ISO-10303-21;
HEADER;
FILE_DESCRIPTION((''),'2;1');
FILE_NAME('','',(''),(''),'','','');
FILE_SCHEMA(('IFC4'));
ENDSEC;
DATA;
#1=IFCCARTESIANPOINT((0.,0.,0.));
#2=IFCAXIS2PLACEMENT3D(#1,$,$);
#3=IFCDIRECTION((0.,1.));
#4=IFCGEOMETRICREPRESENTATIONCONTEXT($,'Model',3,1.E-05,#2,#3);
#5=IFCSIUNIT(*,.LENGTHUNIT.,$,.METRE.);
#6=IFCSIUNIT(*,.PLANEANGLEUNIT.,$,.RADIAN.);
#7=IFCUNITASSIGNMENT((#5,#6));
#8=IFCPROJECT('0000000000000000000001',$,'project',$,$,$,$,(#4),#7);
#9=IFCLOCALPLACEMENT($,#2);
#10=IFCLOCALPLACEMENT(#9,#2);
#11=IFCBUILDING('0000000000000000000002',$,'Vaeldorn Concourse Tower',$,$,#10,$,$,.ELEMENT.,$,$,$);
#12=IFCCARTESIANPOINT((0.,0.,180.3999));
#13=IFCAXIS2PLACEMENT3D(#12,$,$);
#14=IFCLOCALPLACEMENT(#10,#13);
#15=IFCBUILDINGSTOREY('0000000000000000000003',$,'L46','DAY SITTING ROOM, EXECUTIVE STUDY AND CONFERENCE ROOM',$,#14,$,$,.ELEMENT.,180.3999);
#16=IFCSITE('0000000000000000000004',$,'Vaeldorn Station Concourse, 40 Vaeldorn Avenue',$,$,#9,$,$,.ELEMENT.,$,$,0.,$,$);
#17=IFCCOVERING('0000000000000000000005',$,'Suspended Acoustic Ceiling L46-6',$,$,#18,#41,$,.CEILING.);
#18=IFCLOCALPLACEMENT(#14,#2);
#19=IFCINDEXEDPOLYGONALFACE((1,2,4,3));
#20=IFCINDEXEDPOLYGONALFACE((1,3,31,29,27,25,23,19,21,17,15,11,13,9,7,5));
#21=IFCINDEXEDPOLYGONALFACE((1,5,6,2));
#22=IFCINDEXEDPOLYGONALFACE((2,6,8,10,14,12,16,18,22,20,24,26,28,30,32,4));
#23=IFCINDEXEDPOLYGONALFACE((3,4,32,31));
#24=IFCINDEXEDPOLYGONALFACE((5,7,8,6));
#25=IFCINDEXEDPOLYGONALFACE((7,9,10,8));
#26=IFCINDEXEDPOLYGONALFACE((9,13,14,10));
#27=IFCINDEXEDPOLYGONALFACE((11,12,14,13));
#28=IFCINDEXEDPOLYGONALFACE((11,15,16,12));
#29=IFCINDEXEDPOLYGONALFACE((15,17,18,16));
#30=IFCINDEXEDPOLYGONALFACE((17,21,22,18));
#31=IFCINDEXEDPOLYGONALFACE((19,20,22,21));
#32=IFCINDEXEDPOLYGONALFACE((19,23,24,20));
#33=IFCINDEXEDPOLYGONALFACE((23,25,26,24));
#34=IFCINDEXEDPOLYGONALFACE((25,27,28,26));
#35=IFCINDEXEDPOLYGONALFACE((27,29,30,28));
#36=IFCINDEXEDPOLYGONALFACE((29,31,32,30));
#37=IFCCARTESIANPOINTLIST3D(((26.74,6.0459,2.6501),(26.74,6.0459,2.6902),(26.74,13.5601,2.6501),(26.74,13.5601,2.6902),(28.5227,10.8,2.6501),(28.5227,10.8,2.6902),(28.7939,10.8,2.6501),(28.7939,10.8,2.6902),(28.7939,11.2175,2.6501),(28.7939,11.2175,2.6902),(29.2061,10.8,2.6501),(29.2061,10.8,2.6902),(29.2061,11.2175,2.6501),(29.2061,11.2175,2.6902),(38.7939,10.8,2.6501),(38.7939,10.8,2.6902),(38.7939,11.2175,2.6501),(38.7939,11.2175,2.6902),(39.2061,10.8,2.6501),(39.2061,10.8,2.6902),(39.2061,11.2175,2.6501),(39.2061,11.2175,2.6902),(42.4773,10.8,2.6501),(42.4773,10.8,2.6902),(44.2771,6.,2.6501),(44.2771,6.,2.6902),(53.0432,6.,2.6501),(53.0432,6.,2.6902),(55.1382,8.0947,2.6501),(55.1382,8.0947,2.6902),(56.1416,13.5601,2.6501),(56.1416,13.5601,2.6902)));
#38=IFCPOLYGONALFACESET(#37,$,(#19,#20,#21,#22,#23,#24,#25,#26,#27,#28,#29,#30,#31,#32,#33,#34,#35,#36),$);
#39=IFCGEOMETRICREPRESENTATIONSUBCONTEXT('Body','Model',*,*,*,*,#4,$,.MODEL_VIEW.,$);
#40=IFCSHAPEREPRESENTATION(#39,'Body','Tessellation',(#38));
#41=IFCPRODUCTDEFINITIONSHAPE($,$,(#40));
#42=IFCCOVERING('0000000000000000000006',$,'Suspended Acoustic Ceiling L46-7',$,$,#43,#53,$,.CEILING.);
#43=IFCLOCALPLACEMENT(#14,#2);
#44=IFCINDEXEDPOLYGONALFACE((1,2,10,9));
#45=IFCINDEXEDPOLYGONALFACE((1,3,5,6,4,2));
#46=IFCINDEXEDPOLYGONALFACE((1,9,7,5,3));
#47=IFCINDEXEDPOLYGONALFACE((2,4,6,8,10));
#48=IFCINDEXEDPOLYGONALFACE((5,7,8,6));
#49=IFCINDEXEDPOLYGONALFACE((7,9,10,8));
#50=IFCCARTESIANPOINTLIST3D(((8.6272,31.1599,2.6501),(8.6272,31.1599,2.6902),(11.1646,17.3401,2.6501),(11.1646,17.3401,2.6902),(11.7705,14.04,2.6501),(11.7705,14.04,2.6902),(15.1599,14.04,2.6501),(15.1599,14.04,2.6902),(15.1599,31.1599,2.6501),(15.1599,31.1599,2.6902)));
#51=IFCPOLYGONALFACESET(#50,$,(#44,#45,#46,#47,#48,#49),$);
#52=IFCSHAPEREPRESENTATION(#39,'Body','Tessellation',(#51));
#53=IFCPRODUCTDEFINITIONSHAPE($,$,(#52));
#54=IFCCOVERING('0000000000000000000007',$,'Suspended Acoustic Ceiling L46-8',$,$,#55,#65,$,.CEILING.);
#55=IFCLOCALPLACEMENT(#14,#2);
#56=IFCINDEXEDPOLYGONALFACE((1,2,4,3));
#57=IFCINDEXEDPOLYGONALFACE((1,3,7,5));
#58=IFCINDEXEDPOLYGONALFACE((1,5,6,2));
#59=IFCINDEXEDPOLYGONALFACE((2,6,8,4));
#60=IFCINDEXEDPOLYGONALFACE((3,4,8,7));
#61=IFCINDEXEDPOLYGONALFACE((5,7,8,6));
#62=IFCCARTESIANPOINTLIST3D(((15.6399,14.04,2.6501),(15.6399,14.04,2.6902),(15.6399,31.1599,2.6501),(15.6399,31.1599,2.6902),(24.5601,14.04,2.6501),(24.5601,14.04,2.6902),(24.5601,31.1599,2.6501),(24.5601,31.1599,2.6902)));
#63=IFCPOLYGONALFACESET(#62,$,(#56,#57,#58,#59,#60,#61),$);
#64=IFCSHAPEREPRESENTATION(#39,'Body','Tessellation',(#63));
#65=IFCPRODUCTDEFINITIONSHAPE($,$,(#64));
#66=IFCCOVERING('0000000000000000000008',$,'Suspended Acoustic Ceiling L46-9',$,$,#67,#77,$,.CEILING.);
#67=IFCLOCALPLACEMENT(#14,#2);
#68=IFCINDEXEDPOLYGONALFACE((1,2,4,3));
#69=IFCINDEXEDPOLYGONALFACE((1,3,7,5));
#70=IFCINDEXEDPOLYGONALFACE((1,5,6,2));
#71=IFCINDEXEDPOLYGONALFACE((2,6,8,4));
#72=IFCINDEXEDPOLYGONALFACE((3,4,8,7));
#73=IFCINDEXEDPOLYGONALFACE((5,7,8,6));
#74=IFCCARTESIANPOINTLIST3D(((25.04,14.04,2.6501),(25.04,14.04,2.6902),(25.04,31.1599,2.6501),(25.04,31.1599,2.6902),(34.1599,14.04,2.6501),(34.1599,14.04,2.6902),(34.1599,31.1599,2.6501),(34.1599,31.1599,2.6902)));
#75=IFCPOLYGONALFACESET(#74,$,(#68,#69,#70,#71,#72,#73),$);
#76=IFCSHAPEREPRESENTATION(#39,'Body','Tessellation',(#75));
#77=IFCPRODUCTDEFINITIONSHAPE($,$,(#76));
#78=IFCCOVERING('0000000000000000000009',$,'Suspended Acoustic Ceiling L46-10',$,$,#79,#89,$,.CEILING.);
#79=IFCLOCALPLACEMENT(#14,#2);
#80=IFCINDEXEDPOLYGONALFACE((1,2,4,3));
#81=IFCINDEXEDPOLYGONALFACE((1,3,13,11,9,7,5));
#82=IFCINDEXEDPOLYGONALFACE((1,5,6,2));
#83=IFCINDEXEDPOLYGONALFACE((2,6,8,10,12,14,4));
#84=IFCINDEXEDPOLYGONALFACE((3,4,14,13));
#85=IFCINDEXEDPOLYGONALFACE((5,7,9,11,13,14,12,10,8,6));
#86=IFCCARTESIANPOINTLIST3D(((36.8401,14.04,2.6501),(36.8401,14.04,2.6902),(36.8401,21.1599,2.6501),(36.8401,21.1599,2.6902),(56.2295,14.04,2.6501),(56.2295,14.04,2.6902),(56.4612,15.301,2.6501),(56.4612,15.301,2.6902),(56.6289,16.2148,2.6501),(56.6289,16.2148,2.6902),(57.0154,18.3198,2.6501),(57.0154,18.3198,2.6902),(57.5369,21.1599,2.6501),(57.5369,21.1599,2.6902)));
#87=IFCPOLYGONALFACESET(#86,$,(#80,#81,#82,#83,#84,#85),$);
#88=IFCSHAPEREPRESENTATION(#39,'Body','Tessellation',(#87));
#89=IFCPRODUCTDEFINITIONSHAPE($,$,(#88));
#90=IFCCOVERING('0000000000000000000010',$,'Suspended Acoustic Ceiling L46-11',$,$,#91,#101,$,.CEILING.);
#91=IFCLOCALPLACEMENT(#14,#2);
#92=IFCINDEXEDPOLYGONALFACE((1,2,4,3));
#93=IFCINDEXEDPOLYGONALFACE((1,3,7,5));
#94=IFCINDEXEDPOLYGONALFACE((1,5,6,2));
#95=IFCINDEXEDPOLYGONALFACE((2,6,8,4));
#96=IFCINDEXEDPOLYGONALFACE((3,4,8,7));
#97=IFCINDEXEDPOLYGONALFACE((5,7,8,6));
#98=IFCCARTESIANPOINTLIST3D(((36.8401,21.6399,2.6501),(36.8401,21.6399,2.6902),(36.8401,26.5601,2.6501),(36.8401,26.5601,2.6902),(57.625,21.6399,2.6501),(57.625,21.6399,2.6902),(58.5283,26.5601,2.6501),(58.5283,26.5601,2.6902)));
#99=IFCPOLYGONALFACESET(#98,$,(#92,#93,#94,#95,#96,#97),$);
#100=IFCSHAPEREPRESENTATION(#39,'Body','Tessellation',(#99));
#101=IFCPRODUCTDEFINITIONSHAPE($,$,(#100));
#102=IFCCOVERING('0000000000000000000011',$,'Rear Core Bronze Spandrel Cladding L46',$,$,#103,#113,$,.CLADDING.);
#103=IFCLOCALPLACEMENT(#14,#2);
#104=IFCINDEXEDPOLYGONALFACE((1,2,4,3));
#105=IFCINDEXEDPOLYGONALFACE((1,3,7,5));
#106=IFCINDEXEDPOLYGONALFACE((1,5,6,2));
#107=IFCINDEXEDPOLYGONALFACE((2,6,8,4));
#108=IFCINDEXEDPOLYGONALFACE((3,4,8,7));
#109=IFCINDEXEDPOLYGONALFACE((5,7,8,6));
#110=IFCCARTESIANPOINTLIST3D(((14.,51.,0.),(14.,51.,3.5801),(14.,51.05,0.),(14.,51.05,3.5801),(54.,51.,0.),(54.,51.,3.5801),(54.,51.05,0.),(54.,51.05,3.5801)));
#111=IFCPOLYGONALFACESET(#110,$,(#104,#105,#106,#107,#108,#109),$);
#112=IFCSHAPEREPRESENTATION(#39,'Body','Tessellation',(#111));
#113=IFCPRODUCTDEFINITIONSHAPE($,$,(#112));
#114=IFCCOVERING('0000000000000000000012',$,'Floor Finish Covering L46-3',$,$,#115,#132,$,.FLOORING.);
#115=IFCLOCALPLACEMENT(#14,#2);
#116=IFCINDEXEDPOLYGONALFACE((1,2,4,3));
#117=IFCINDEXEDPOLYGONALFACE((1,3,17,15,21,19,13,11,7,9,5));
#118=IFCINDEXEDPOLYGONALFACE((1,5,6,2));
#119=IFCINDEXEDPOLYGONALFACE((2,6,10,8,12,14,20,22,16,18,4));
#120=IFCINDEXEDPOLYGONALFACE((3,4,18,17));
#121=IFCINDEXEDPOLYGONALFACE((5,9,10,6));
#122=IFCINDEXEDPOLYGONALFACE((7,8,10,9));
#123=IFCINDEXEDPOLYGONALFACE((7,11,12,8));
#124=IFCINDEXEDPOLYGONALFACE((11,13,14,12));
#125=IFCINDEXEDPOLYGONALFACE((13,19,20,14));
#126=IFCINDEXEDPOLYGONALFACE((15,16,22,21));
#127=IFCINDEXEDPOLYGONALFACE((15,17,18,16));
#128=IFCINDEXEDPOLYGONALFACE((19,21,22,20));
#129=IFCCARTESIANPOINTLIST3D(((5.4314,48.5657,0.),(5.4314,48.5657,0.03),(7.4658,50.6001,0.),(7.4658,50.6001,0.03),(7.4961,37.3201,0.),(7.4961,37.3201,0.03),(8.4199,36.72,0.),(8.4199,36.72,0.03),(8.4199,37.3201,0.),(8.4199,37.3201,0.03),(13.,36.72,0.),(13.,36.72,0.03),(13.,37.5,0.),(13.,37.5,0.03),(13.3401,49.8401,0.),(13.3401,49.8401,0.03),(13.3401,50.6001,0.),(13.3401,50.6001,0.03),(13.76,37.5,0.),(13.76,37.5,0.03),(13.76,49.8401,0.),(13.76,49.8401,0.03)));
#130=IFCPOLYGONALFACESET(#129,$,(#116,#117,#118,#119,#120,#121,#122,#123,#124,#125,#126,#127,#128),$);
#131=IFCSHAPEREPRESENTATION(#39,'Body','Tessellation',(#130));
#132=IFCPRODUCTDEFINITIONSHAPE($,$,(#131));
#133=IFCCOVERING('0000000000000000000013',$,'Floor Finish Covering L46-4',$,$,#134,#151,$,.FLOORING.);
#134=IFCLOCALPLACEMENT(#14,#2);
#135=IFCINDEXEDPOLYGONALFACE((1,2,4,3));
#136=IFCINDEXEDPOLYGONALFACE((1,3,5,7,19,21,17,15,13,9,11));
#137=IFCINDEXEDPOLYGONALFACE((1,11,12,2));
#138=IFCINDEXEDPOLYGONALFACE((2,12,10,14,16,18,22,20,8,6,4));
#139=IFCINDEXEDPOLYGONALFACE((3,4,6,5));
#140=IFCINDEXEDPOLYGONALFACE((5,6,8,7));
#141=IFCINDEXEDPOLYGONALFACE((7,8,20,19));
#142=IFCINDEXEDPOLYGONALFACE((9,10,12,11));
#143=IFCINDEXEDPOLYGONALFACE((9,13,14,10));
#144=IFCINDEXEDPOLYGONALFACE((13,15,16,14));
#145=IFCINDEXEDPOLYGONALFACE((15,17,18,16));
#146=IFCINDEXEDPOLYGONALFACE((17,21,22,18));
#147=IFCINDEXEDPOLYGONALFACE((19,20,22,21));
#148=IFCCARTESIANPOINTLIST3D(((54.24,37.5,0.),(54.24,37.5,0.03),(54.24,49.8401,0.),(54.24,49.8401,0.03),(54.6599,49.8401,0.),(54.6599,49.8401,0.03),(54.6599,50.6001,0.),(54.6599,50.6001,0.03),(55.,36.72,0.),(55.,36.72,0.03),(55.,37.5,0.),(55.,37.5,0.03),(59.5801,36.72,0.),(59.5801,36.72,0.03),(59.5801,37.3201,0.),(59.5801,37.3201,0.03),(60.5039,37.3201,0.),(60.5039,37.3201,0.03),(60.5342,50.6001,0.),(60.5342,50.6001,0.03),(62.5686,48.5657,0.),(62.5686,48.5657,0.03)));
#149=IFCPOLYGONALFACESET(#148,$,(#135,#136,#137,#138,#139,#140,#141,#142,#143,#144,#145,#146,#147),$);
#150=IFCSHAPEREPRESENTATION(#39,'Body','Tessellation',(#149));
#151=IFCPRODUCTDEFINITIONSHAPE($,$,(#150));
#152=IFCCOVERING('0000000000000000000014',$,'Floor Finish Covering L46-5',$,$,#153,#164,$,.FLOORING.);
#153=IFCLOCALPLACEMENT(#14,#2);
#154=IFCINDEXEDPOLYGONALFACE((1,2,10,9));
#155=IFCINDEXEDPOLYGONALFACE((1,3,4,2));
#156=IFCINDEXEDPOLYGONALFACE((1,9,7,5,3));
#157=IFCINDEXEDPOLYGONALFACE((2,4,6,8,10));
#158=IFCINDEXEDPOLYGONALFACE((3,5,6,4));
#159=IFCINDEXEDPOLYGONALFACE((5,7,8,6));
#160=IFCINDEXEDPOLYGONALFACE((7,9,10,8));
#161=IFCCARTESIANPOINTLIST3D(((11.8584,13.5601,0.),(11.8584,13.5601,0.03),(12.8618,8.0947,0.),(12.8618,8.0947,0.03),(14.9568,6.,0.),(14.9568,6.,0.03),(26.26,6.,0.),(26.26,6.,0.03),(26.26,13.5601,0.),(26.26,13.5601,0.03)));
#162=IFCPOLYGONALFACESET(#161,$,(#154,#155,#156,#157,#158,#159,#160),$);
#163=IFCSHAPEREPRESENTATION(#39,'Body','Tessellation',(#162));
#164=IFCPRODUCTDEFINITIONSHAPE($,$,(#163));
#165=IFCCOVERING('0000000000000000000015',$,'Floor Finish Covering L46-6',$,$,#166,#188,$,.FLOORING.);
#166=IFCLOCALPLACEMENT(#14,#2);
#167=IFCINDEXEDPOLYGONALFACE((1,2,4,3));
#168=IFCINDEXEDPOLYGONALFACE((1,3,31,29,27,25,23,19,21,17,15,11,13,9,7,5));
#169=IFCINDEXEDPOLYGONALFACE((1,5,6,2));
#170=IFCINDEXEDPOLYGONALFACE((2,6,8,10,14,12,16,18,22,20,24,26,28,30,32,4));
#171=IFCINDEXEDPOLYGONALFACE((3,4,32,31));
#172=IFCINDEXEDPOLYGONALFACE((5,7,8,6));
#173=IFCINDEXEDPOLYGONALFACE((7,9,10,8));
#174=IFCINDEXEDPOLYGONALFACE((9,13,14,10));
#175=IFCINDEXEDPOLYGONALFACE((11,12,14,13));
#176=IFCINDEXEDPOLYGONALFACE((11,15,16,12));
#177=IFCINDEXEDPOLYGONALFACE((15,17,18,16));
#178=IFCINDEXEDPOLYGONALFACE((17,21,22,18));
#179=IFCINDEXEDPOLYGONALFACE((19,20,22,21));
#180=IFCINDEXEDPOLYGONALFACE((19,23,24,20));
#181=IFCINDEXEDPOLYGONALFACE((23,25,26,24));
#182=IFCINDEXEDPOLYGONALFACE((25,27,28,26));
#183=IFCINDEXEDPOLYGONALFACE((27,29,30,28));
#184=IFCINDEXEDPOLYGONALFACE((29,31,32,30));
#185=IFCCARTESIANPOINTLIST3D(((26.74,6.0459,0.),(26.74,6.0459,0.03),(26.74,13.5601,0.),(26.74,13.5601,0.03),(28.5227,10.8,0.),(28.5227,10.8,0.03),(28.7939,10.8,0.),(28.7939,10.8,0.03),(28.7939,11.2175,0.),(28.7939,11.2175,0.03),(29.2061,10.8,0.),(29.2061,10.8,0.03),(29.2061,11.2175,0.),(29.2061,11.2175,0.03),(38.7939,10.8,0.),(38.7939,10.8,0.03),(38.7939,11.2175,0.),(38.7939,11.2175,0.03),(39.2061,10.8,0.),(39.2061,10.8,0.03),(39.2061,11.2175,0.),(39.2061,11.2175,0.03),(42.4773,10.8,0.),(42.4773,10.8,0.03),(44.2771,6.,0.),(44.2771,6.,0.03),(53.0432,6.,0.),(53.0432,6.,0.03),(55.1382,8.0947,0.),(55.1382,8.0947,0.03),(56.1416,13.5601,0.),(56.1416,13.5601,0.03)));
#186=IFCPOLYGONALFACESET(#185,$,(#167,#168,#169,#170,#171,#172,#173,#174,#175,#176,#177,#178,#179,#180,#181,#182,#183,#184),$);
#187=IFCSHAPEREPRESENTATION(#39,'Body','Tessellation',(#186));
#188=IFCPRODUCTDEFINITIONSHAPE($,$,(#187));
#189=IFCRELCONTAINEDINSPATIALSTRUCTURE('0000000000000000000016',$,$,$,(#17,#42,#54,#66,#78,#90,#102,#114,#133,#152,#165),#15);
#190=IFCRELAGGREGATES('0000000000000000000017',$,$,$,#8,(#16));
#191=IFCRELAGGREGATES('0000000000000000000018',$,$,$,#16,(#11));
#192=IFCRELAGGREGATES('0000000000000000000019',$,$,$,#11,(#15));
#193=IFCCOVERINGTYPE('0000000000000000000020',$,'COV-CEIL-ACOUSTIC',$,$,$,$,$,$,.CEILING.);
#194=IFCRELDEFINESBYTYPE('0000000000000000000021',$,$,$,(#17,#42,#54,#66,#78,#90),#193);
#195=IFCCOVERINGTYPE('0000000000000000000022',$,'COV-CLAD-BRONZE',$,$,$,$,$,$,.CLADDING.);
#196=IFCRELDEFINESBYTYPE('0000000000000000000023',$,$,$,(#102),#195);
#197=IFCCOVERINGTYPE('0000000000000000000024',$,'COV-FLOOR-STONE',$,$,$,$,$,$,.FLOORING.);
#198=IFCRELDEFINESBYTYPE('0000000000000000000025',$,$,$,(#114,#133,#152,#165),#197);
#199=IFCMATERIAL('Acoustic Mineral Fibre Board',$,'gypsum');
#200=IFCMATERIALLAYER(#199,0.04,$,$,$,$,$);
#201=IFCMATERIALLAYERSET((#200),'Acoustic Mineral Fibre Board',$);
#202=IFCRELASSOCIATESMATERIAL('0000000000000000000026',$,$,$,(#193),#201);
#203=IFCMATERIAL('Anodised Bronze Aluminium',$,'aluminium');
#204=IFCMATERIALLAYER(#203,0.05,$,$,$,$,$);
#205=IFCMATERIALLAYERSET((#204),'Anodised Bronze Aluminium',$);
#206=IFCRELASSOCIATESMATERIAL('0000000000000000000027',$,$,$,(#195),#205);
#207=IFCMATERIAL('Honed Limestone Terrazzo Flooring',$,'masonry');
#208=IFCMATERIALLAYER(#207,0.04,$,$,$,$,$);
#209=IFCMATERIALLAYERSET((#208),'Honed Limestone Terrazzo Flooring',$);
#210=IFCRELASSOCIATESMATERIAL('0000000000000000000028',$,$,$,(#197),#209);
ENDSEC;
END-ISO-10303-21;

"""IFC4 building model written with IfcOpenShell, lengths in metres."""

from ifc_helpers import new_model, si_unit, direction, frame, origin, place, context, subcontext, project, spatial, polyline, outline, extrude, material, layer, layer_set, type_object, element, save


model = new_model("IFC4")

# Units and contexts
model_context = context("Model", 3, precision=1e-05, world=origin(), true_north=direction((0.0, 1.0)))
body_context = subcontext(model_context, "Body", "Model", "MODEL_VIEW")
ifc_project = project(units=[si_unit("LENGTHUNIT", "METRE"), si_unit("PLANEANGLEUNIT", "RADIAN")], contexts=[model_context])

# Site, building, storey
site_placement = place(None, origin())
site = spatial("IfcSite", under=ifc_project, at=site_placement, Name="Vaeldorn Station Concourse, 40 Vaeldorn Avenue", CompositionType="ELEMENT", RefElevation=0.0)
building_placement = place(site_placement, origin())
building = spatial("IfcBuilding", under=site, at=building_placement, Name="Vaeldorn Concourse Tower", CompositionType="ELEMENT")
storey_placement = place(building_placement, frame((0.0, 0.0, 180.3999)))
storey = spatial("IfcBuildingStorey", under=building, at=storey_placement, Name="L46", Description="DAY SITTING ROOM, EXECUTIVE STUDY AND CONFERENCE ROOM", CompositionType="ELEMENT", Elevation=180.3999)

# Coverings
ifc_material_1 = material(Name="Acoustic Mineral Fibre Board", Category="gypsum")
ifc_layer_1 = layer(ifc_material_1, 0.04)
ifc_layer_set_1 = layer_set([ifc_layer_1], Name="Acoustic Mineral Fibre Board")
covering_type_1 = type_object("IfcCoveringType", Name="COV-CEIL-ACOUSTIC", PredefinedType="CEILING", material=ifc_layer_set_1)
covering_1_placement = place(storey_placement, frame((0.0, 0.0, 2.6501)))
element("IfcCovering", 1, at=covering_1_placement, inside=storey, type_object=covering_type_1, Name="Suspended Acoustic Ceiling L46-6", PredefinedType="CEILING", context=body_context, shape_type="SweptSolid", body=[
    extrude(outline(polyline([(26.74, 13.5601), (56.1416, 13.5601), (55.1382, 8.0947), (53.0432, 6.0), (44.2771, 6.0), (42.4773, 10.8), (39.2061, 10.8), (39.2061, 11.2175), (38.7939, 11.2175), (38.7939, 10.8), (29.2061, 10.8), (29.2061, 11.2175), (28.7939, 11.2175), (28.7939, 10.8), (28.5227, 10.8), (26.74, 6.0459), (26.74, 13.5601)])), origin(), (0.0, 0.0, 1.0), 0.04),
])
covering_2_placement = place(storey_placement, frame((0.0, 0.0, 2.6501)))
element("IfcCovering", 2, at=covering_2_placement, inside=storey, type_object=covering_type_1, Name="Suspended Acoustic Ceiling L46-7", PredefinedType="CEILING", context=body_context, shape_type="SweptSolid", body=[
    extrude(outline(polyline([(15.1599, 31.1599), (15.1599, 14.04), (11.7705, 14.04), (11.1646, 17.3401), (11.1646, 17.3401), (8.6272, 31.1599), (15.1599, 31.1599)])), origin(), (0.0, 0.0, 1.0), 0.04),
])
covering_3_placement = place(storey_placement, frame((0.0, 0.0, 2.6501)))
element("IfcCovering", 3, at=covering_3_placement, inside=storey, type_object=covering_type_1, Name="Suspended Acoustic Ceiling L46-8", PredefinedType="CEILING", context=body_context, shape_type="SweptSolid", body=[
    extrude(outline(polyline([(15.6399, 31.1599), (24.5601, 31.1599), (24.5601, 14.04), (15.6399, 14.04), (15.6399, 31.1599)])), origin(), (0.0, 0.0, 1.0), 0.04),
])
covering_4_placement = place(storey_placement, frame((0.0, 0.0, 2.6501)))
element("IfcCovering", 4, at=covering_4_placement, inside=storey, type_object=covering_type_1, Name="Suspended Acoustic Ceiling L46-9", PredefinedType="CEILING", context=body_context, shape_type="SweptSolid", body=[
    extrude(outline(polyline([(25.04, 31.1599), (34.1599, 31.1599), (34.1599, 14.04), (25.04, 14.04), (25.04, 31.1599)])), origin(), (0.0, 0.0, 1.0), 0.04),
])
covering_5_placement = place(storey_placement, frame((0.0, 0.0, 2.6501)))
element("IfcCovering", 5, at=covering_5_placement, inside=storey, type_object=covering_type_1, Name="Suspended Acoustic Ceiling L46-10", PredefinedType="CEILING", context=body_context, shape_type="SweptSolid", body=[
    extrude(outline(polyline([(36.8401, 14.04), (36.8401, 21.1599), (57.5369, 21.1599), (57.0154, 18.3198), (56.6289, 16.2148), (56.4612, 15.301), (56.4612, 15.301), (56.2295, 14.04), (36.8401, 14.04)])), origin(), (0.0, 0.0, 1.0), 0.04),
])
covering_6_placement = place(storey_placement, frame((0.0, 0.0, 2.6501)))
element("IfcCovering", 6, at=covering_6_placement, inside=storey, type_object=covering_type_1, Name="Suspended Acoustic Ceiling L46-11", PredefinedType="CEILING", context=body_context, shape_type="SweptSolid", body=[
    extrude(outline(polyline([(36.8401, 21.6399), (36.8401, 26.5601), (58.5283, 26.5601), (57.625, 21.6399), (36.8401, 21.6399)])), origin(), (0.0, 0.0, 1.0), 0.04),
])
ifc_material_2 = material(Name="Anodised Bronze Aluminium", Category="aluminium")
ifc_layer_2 = layer(ifc_material_2, 0.05)
ifc_layer_set_2 = layer_set([ifc_layer_2], Name="Anodised Bronze Aluminium")
covering_type_2 = type_object("IfcCoveringType", Name="COV-CLAD-BRONZE", PredefinedType="CLADDING", material=ifc_layer_set_2)
covering_7_placement = place(storey_placement, origin())
element("IfcCovering", 7, at=covering_7_placement, inside=storey, type_object=covering_type_2, Name="Rear Core Bronze Spandrel Cladding L46", PredefinedType="CLADDING", context=body_context, shape_type="SweptSolid", body=[
    extrude(outline(polyline([(14.0, 51.0), (54.0, 51.0), (54.0, 51.05), (14.0, 51.05), (14.0, 51.0)])), origin(), (0.0, 0.0, 1.0), 3.5801),
])
ifc_material_3 = material(Name="Honed Limestone Terrazzo Flooring", Category="masonry")
ifc_layer_3 = layer(ifc_material_3, 0.04)
ifc_layer_set_3 = layer_set([ifc_layer_3], Name="Honed Limestone Terrazzo Flooring")
covering_type_3 = type_object("IfcCoveringType", Name="COV-FLOOR-STONE", PredefinedType="FLOORING", material=ifc_layer_set_3)
covering_8_placement = place(storey_placement, origin())
element("IfcCovering", 8, at=covering_8_placement, inside=storey, type_object=covering_type_3, Name="Floor Finish Covering L46-3", PredefinedType="FLOORING", context=body_context, shape_type="SweptSolid", body=[
    extrude(outline(polyline([(7.4658, 50.6001), (13.3401, 50.6001), (13.3401, 49.8401), (13.76, 49.8401), (13.76, 37.5), (13.0, 37.5), (13.0, 36.72), (8.4199, 36.72), (8.4199, 37.3201), (7.4961, 37.3201), (5.4314, 48.5657), (7.4658, 50.6001)])), origin(), (0.0, 0.0, 1.0), 0.03),
])
covering_9_placement = place(storey_placement, origin())
element("IfcCovering", 9, at=covering_9_placement, inside=storey, type_object=covering_type_3, Name="Floor Finish Covering L46-4", PredefinedType="FLOORING", context=body_context, shape_type="SweptSolid", body=[
    extrude(outline(polyline([(54.6599, 49.8401), (54.6599, 50.6001), (60.5342, 50.6001), (62.5686, 48.5657), (60.5039, 37.3201), (59.5801, 37.3201), (59.5801, 36.72), (55.0, 36.72), (55.0, 37.5), (54.24, 37.5), (54.24, 49.8401), (54.6599, 49.8401)])), origin(), (0.0, 0.0, 1.0), 0.03),
])
covering_10_placement = place(storey_placement, origin())
element("IfcCovering", 10, at=covering_10_placement, inside=storey, type_object=covering_type_3, Name="Floor Finish Covering L46-5", PredefinedType="FLOORING", context=body_context, shape_type="SweptSolid", body=[
    extrude(outline(polyline([(26.26, 13.5601), (26.26, 6.0), (14.9568, 6.0), (12.8618, 8.0947), (11.8584, 13.5601), (26.26, 13.5601)])), origin(), (0.0, 0.0, 1.0), 0.03),
])
covering_11_placement = place(storey_placement, origin())
element("IfcCovering", 11, at=covering_11_placement, inside=storey, type_object=covering_type_3, Name="Floor Finish Covering L46-6", PredefinedType="FLOORING", context=body_context, shape_type="SweptSolid", body=[
    extrude(outline(polyline([(26.74, 13.5601), (56.1416, 13.5601), (55.1382, 8.0947), (53.0432, 6.0), (44.2771, 6.0), (42.4773, 10.8), (39.2061, 10.8), (39.2061, 11.2175), (38.7939, 11.2175), (38.7939, 10.8), (29.2061, 10.8), (29.2061, 11.2175), (28.7939, 11.2175), (28.7939, 10.8), (28.5227, 10.8), (26.74, 6.0459), (26.74, 13.5601)])), origin(), (0.0, 0.0, 1.0), 0.03),
])

save(model, "model.ifc")
